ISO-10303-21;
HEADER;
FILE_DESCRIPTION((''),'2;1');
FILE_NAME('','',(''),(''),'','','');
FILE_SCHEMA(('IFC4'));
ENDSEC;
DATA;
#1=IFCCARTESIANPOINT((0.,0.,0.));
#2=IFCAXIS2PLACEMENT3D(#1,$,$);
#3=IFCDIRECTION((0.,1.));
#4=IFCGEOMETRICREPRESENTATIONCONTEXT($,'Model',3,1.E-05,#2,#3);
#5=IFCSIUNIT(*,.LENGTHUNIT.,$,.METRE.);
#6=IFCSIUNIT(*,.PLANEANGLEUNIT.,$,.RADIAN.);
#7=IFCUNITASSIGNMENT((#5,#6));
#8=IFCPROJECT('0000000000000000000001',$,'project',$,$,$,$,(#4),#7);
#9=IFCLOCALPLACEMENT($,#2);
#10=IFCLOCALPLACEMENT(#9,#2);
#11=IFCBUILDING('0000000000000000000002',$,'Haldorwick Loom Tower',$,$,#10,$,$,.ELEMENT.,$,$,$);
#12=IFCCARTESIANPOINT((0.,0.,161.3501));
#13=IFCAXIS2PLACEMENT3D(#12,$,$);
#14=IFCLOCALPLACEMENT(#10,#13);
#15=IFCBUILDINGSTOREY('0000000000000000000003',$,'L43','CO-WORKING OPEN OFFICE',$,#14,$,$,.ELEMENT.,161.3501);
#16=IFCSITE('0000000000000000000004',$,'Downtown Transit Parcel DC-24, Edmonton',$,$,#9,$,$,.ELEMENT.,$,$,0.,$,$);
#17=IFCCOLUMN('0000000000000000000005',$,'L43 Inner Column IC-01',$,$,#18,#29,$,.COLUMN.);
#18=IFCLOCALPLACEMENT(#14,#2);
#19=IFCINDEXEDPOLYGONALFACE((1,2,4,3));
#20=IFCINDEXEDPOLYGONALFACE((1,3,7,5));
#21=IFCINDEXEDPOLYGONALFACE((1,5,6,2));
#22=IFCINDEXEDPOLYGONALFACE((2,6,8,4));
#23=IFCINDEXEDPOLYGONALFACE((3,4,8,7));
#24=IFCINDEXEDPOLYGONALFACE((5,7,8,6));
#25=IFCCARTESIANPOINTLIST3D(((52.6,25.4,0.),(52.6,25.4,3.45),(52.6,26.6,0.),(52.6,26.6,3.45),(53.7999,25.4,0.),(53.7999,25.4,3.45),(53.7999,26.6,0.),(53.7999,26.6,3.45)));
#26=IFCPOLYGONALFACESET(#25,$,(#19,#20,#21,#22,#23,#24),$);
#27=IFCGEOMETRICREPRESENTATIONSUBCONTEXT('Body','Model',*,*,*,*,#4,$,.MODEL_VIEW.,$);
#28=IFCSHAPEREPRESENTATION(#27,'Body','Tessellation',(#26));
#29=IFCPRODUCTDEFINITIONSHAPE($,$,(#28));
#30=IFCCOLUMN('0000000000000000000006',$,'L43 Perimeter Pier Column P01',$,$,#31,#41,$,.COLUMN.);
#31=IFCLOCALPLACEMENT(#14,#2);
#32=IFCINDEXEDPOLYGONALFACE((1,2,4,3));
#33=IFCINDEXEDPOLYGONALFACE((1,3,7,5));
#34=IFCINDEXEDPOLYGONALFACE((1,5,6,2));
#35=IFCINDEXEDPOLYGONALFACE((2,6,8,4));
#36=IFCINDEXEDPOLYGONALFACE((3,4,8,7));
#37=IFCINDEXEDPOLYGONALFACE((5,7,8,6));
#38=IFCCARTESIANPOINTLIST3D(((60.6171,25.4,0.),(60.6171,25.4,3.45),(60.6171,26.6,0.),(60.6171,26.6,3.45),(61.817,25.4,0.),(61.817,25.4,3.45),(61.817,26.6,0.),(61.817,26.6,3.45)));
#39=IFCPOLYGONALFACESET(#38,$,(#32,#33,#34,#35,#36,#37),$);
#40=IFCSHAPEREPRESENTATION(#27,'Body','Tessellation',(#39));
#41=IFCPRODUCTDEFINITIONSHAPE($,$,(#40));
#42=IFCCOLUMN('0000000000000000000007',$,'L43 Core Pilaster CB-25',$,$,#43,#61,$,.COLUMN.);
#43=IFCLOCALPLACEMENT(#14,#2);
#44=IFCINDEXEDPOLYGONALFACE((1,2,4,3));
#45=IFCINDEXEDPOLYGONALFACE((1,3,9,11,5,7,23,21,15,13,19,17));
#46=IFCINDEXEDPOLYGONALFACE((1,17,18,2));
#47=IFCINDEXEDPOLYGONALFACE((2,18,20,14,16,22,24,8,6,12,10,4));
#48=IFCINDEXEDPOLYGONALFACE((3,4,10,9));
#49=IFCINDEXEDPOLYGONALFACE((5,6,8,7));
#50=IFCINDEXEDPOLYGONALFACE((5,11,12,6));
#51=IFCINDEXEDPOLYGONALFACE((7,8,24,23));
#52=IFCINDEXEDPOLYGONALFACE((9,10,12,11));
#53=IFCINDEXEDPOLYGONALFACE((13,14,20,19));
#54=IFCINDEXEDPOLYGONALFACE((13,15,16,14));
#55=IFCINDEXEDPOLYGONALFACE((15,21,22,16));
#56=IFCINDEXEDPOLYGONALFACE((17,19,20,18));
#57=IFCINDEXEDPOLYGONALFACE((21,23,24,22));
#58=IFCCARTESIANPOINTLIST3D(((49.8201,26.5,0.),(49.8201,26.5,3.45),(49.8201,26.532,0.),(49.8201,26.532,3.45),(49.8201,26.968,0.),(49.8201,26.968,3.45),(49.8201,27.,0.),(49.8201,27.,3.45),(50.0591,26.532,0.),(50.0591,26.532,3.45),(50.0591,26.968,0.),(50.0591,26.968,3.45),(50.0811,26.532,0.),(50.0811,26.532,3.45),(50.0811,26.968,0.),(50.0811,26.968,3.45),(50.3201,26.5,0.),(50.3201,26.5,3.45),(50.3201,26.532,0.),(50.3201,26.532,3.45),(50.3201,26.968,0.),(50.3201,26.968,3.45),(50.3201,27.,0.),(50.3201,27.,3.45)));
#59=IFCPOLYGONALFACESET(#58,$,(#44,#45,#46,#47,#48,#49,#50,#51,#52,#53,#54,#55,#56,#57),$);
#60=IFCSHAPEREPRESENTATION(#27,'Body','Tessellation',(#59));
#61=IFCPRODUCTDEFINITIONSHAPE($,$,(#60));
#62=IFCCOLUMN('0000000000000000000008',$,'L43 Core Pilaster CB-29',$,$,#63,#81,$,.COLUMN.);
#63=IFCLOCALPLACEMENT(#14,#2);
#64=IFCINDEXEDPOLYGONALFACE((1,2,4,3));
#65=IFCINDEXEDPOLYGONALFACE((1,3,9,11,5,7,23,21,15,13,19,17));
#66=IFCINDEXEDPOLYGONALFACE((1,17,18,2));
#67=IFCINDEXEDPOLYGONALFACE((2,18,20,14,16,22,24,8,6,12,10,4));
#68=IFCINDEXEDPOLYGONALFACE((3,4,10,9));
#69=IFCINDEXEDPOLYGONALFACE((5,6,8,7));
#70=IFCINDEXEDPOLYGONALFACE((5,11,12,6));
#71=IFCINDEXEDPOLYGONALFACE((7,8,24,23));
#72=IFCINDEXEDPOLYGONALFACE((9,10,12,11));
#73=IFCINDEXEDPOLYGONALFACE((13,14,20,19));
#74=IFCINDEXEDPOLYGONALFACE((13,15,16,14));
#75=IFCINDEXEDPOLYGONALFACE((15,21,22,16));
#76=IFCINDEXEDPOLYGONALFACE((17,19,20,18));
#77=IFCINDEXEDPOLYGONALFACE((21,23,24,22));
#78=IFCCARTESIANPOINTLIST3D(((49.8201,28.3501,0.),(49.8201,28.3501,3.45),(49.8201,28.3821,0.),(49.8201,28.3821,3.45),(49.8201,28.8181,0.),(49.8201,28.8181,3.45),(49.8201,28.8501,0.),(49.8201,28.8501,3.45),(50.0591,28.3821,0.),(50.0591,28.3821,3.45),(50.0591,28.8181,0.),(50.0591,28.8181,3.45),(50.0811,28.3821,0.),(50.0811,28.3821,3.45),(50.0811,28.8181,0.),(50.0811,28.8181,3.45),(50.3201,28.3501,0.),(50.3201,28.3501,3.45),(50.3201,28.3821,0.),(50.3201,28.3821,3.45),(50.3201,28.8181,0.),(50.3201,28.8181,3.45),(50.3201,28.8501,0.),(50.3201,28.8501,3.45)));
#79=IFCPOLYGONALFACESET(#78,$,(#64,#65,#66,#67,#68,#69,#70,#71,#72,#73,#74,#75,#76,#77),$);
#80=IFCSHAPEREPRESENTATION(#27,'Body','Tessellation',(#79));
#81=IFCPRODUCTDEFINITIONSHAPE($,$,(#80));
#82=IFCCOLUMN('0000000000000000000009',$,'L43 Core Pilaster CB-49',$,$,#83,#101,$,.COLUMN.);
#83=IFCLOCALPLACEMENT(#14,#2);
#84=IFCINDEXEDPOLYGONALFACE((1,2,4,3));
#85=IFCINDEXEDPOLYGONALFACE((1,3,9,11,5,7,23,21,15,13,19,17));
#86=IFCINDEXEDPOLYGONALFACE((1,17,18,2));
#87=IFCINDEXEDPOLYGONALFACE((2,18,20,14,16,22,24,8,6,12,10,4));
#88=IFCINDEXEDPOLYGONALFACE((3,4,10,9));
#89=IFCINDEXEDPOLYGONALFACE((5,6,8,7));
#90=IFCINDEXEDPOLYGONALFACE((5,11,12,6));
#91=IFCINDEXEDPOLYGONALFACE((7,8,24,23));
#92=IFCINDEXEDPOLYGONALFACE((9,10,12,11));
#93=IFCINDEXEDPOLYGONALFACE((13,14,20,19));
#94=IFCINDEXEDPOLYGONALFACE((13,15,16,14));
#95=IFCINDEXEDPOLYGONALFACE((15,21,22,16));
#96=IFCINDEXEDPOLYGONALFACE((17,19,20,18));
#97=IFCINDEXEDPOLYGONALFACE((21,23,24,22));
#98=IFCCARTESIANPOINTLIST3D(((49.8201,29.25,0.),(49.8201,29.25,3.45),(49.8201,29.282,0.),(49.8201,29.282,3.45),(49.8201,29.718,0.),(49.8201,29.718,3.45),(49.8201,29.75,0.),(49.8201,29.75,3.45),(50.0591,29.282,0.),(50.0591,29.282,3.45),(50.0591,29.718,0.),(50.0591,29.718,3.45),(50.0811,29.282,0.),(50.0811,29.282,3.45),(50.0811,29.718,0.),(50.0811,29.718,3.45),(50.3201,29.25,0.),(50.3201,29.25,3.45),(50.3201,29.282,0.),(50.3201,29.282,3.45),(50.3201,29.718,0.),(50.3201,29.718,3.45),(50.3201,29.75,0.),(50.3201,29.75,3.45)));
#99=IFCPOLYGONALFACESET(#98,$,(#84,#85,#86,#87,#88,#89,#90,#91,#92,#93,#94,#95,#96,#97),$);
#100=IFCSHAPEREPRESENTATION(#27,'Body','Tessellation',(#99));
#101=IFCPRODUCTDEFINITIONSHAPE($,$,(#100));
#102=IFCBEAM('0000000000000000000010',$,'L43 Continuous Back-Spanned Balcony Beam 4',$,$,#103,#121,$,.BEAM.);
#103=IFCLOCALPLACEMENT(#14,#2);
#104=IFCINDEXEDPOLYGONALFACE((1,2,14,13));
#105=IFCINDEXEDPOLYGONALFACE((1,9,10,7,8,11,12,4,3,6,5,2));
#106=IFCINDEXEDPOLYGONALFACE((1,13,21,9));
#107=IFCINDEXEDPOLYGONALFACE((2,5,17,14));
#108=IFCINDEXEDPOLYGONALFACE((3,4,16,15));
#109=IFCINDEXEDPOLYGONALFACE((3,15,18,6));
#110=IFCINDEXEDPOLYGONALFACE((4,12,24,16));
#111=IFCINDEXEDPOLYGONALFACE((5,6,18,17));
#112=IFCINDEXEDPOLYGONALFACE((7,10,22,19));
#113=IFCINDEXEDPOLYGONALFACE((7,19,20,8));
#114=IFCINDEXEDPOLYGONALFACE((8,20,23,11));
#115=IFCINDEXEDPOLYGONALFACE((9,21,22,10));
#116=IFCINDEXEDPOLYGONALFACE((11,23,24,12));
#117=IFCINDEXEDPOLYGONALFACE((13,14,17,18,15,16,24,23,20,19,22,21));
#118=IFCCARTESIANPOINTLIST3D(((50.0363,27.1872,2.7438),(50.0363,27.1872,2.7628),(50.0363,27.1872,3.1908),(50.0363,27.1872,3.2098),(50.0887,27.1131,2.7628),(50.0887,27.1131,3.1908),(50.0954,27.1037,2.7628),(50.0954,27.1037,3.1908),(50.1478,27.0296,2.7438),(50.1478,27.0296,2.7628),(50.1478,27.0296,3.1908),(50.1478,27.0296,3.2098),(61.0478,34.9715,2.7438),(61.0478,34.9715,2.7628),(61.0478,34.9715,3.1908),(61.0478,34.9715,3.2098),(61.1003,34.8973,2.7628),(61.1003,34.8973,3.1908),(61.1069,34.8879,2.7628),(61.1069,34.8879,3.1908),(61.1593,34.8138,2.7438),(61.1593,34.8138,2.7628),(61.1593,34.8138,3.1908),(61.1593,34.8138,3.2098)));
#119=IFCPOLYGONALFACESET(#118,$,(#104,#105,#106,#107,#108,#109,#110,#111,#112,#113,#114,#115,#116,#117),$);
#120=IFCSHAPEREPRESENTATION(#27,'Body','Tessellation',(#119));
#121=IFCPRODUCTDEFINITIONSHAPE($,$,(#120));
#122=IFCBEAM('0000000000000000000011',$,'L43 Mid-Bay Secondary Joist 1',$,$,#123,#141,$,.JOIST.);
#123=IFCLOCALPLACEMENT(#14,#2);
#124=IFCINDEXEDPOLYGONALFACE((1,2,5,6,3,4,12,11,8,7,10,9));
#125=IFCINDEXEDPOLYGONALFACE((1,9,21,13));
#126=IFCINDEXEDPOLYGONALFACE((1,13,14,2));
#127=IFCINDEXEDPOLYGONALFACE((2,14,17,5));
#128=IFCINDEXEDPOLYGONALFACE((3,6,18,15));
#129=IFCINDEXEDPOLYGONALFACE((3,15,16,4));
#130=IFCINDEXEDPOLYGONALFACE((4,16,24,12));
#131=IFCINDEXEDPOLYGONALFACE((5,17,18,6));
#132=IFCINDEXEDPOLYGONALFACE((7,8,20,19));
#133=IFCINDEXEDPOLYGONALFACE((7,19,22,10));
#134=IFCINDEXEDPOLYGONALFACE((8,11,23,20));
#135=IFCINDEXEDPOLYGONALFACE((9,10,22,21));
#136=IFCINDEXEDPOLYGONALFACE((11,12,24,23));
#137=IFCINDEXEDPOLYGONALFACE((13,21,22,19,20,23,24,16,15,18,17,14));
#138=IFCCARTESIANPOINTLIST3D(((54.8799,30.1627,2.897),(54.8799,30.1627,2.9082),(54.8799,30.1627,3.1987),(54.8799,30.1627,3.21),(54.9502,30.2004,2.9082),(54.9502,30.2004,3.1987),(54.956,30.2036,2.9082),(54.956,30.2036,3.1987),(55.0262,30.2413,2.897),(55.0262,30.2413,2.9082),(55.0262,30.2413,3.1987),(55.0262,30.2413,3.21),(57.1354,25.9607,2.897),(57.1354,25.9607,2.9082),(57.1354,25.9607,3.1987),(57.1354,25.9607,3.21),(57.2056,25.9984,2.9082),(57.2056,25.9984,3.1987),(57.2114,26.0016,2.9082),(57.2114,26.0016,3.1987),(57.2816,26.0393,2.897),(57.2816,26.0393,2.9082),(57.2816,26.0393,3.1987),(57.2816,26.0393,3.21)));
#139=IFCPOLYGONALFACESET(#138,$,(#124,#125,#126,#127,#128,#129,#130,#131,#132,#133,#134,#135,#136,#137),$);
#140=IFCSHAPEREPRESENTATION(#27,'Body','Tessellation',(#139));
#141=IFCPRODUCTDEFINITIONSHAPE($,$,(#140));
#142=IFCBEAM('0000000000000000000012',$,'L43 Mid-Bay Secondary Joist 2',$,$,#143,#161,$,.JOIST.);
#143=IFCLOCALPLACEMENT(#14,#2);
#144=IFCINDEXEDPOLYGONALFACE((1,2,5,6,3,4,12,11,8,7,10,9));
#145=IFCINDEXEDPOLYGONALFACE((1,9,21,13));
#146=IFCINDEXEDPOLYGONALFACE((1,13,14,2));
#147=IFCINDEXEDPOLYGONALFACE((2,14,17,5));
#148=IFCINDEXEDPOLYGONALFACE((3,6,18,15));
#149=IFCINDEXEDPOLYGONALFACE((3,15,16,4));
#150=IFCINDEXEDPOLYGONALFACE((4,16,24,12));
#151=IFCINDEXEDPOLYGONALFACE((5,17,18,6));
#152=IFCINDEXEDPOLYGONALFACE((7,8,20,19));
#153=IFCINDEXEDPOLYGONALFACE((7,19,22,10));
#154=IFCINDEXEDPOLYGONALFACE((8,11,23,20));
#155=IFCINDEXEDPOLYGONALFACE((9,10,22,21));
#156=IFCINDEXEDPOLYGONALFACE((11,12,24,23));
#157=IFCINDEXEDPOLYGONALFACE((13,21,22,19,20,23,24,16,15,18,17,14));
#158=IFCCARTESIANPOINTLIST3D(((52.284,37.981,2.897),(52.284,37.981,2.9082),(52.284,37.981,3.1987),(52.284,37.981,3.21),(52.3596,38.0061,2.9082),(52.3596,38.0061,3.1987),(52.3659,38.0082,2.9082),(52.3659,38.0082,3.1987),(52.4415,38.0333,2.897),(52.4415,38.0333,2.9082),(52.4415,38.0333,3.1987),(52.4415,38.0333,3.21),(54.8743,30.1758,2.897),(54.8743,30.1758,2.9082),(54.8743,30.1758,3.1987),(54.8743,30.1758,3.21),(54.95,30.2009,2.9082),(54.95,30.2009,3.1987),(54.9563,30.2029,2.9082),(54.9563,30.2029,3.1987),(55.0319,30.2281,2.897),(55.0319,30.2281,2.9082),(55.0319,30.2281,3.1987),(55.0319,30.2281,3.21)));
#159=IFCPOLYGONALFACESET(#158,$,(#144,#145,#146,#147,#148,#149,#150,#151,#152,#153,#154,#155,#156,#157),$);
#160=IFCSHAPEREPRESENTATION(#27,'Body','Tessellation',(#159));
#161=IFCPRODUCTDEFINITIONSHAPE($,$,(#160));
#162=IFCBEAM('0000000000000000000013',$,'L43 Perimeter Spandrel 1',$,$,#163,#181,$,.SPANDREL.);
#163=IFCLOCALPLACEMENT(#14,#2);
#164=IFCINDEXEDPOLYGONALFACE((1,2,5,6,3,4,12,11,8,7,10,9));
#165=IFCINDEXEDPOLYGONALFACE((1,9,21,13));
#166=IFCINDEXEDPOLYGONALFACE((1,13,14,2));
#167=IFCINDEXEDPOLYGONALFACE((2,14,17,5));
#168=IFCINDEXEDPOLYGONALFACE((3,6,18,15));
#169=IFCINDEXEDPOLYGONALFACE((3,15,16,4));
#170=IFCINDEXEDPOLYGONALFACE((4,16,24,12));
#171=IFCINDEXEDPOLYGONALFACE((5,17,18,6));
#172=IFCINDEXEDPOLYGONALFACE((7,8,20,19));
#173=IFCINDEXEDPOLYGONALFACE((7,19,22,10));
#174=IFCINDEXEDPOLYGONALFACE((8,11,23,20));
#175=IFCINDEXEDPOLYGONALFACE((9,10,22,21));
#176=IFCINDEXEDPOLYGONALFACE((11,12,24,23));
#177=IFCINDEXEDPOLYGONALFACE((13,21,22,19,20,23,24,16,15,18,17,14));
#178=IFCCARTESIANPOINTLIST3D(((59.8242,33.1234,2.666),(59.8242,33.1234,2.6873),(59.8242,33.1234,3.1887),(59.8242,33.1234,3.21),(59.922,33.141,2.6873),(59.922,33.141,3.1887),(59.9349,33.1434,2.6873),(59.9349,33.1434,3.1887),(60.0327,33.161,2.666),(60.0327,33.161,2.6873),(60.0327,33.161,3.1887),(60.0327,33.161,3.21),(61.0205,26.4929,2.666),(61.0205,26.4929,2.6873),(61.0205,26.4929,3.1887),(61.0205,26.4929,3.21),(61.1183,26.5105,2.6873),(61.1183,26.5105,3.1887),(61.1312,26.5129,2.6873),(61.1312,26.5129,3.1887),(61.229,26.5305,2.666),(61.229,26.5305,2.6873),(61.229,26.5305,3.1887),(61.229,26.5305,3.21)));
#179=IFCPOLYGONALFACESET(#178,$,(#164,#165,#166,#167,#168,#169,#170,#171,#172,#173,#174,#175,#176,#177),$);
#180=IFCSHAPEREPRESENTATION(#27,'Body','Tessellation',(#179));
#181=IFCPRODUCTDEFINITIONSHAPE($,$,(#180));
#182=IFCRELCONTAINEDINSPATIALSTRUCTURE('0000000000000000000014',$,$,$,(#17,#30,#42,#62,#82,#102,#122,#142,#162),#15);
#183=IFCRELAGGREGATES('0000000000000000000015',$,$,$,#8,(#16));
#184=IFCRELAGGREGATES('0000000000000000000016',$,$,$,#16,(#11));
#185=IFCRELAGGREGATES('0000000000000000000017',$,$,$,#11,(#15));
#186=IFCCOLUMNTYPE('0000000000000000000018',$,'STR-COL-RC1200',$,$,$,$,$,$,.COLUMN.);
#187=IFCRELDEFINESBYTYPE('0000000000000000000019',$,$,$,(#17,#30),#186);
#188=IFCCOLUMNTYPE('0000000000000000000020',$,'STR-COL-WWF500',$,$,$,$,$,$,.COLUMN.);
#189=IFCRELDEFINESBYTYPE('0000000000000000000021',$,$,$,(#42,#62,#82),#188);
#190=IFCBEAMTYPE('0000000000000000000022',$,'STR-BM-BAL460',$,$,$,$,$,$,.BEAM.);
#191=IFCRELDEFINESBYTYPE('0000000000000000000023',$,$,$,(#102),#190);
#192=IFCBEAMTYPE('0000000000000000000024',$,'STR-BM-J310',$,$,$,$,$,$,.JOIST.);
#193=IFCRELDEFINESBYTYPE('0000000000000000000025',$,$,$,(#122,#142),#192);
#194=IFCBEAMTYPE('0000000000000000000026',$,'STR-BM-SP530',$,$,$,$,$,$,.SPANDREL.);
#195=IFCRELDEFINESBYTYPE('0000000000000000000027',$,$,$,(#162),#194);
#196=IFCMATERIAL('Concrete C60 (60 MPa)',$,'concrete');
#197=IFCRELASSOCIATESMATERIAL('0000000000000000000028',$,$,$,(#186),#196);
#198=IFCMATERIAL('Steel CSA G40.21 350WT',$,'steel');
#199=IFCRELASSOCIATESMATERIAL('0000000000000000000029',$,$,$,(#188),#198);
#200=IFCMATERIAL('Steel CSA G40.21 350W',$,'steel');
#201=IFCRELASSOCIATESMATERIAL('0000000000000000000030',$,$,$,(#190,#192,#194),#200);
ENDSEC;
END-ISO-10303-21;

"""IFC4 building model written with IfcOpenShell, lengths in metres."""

from ifc_helpers import new_model, si_unit, direction, frame, origin, origin_2d, place, context, subcontext, project, spatial, rectangle, i_section, extrude, material, material_profile, profile_set, type_object, element, save


model = new_model("IFC4")

# Units and contexts
model_context = context("Model", 3, precision=1e-05, world=origin(), true_north=direction((0.0, 1.0)))
body_context = subcontext(model_context, "Body", "Model", "MODEL_VIEW")
ifc_project = project(units=[si_unit("LENGTHUNIT", "METRE"), si_unit("PLANEANGLEUNIT", "RADIAN")], contexts=[model_context])

# Site, building, storey
site_placement = place(None, origin())
site = spatial("IfcSite", under=ifc_project, at=site_placement, Name="Downtown Transit Parcel DC-24, Edmonton", CompositionType="ELEMENT", RefElevation=0.0)
building_placement = place(site_placement, origin())
building = spatial("IfcBuilding", under=site, at=building_placement, Name="Haldorwick Loom Tower", CompositionType="ELEMENT")
storey_placement = place(building_placement, frame((0.0, 0.0, 161.3501)))
storey = spatial("IfcBuildingStorey", under=building, at=storey_placement, Name="L43", Description="CO-WORKING OPEN OFFICE", CompositionType="ELEMENT", Elevation=161.3501)

# Columns
ifc_material_1 = material(Name="Concrete C60 (60 MPa)", Category="concrete")
ifc_material_profile_1 = material_profile(ifc_material_1, rectangle(XDim=1.2, YDim=1.2, at=origin_2d()), Name="RC1200X1200", Category="concrete")
ifc_profile_set_1 = profile_set([ifc_material_profile_1], Name="Concrete C60 (60 MPa)")
column_type_1 = type_object("IfcColumnType", Name="STR-COL-RC1200", PredefinedType="COLUMN", material=ifc_profile_set_1)
for number, where, z_axis, x_axis, name in (
    (1, (53.2, 26.0, 0.0), (0.0, 0.0, 1.0), (1.0, 0.0, 0.0), "L43 Inner Column IC-01"),
    (2, (61.217, 26.0, 0.0), (0.0, 0.0, 1.0), (1.0, 0.0, 0.0), "L43 Perimeter Pier Column P01"),
):
    element("IfcColumn", number, at=place(storey_placement, frame(where, z_axis=z_axis, x_axis=x_axis)), inside=storey, type_object=column_type_1, Name=name, PredefinedType="COLUMN", context=body_context, shape_type="SweptSolid", body=[
        extrude(rectangle(XDim=1.2, YDim=1.2, at=origin_2d()), origin(), (0.0, 0.0, 1.0), 3.45),
    ])
ifc_material_2 = material(Name="Steel CSA G40.21 350WT", Category="steel")
ifc_material_profile_2 = material_profile(ifc_material_2, i_section(OverallWidth=0.5, OverallDepth=0.5, WebThickness=0.022, FlangeThickness=0.032, at=origin_2d()), Name="WWF500X500", Category="steel")
ifc_profile_set_2 = profile_set([ifc_material_profile_2], Name="Steel CSA G40.21 350WT")
column_type_2 = type_object("IfcColumnType", Name="STR-COL-WWF500", PredefinedType="COLUMN", material=ifc_profile_set_2)
for number, where, z_axis, x_axis, name in (
    (3, (50.0701, 26.75, 0.0), (0.0, 0.0, 1.0), (1.0, 0.0, 0.0), "L43 Core Pilaster CB-25"),
    (4, (50.0701, 28.6001, 0.0), (0.0, 0.0, 1.0), (1.0, 0.0, 0.0), "L43 Core Pilaster CB-29"),
    (5, (50.0701, 29.5, 0.0), (0.0, 0.0, 1.0), (1.0, 0.0, 0.0), "L43 Core Pilaster CB-49"),
):
    element("IfcColumn", number, at=place(storey_placement, frame(where, z_axis=z_axis, x_axis=x_axis)), inside=storey, type_object=column_type_2, Name=name, PredefinedType="COLUMN", context=body_context, shape_type="SweptSolid", body=[
        extrude(i_section(OverallWidth=0.5, OverallDepth=0.5, WebThickness=0.022, FlangeThickness=0.032, at=origin_2d()), origin(), (0.0, 0.0, 1.0), 3.45),
    ])

# Beams
ifc_material_3 = material(Name="Steel CSA G40.21 350W", Category="steel")
ifc_material_profile_3 = material_profile(ifc_material_3, i_section(OverallWidth=0.1931, OverallDepth=0.4661, WebThickness=0.0115, FlangeThickness=0.019, at=origin_2d()), Name="W460X97", Category="steel")
ifc_profile_set_3 = profile_set([ifc_material_profile_3], Name="Steel CSA G40.21 350W")
beam_type_1 = type_object("IfcBeamType", Name="STR-BM-BAL460", PredefinedType="BEAM", material=ifc_profile_set_3)
beam_1_placement = place(storey_placement, frame((50.092, 27.1084, 2.9768), z_axis=(0.81657, 0.577246, 0.0), x_axis=(-0.577246, 0.81657, 0.0)))
element("IfcBeam", 6, at=beam_1_placement, inside=storey, type_object=beam_type_1, Name="L43 Continuous Back-Spanned Balcony Beam 4", PredefinedType="BEAM", context=body_context, shape_type="SweptSolid", body=[
    extrude(i_section(OverallWidth=0.1931, OverallDepth=0.4661, WebThickness=0.0115, FlangeThickness=0.019, at=origin_2d()), origin(), (0.0, 0.0, 1.0), 13.4851),
])
ifc_material_profile_4 = material_profile(ifc_material_3, i_section(OverallWidth=0.166, OverallDepth=0.313, WebThickness=0.0066, FlangeThickness=0.0112, at=origin_2d()), Name="W310X45", Category="steel")
ifc_profile_set_4 = profile_set([ifc_material_profile_4], Name="Steel CSA G40.21 350W")
beam_type_2 = type_object("IfcBeamType", Name="STR-BM-J310", PredefinedType="JOIST", material=ifc_profile_set_4)
beam_2_placement = place(storey_placement, frame((57.2085, 26.0, 3.0535), z_axis=(-0.47293, 0.8811, 0.0), x_axis=(-0.8811, -0.47293, 0.0)))
element("IfcBeam", 7, at=beam_2_placement, inside=storey, type_object=beam_type_2, Name="L43 Mid-Bay Secondary Joist 1", PredefinedType="JOIST", context=body_context, shape_type="SweptSolid", body=[
    extrude(i_section(OverallWidth=0.166, OverallDepth=0.313, WebThickness=0.0066, FlangeThickness=0.0112, at=origin_2d()), origin(), (0.0, 0.0, 1.0), 4.769),
])
beam_3_placement = place(storey_placement, frame((54.9531, 30.2019, 3.0535), z_axis=(-0.314981, 0.949098, 0.0), x_axis=(-0.949098, -0.314981, 0.0)))
element("IfcBeam", 8, at=beam_3_placement, inside=storey, type_object=beam_type_2, Name="L43 Mid-Bay Secondary Joist 2", PredefinedType="JOIST", context=body_context, shape_type="SweptSolid", body=[
    extrude(i_section(OverallWidth=0.166, OverallDepth=0.313, WebThickness=0.0066, FlangeThickness=0.0112, at=origin_2d()), origin(), (0.0, 0.0, 1.0), 8.2239),
])
ifc_material_profile_5 = material_profile(ifc_material_3, i_section(OverallWidth=0.2119, OverallDepth=0.5439, WebThickness=0.0132, FlangeThickness=0.0212, at=origin_2d()), Name="W530X123", Category="steel")
ifc_profile_set_5 = profile_set([ifc_material_profile_5], Name="Steel CSA G40.21 350W")
beam_type_3 = type_object("IfcBeamType", Name="STR-BM-SP530", PredefinedType="SPANDREL", material=ifc_profile_set_5)
beam_4_placement = place(storey_placement, frame((61.1248, 26.5117, 2.938), z_axis=(-0.177559, 0.98411, 0.0), x_axis=(-0.98411, -0.177559, 0.0)))
element("IfcBeam", 9, at=beam_4_placement, inside=storey, type_object=beam_type_3, Name="L43 Perimeter Spandrel 1", PredefinedType="SPANDREL", context=body_context, shape_type="SweptSolid", body=[
    extrude(i_section(OverallWidth=0.2119, OverallDepth=0.5439, WebThickness=0.0132, FlangeThickness=0.0212, at=origin_2d()), origin(), (0.0, 0.0, 1.0), 6.7375),
])

save(model, "model.ifc")
